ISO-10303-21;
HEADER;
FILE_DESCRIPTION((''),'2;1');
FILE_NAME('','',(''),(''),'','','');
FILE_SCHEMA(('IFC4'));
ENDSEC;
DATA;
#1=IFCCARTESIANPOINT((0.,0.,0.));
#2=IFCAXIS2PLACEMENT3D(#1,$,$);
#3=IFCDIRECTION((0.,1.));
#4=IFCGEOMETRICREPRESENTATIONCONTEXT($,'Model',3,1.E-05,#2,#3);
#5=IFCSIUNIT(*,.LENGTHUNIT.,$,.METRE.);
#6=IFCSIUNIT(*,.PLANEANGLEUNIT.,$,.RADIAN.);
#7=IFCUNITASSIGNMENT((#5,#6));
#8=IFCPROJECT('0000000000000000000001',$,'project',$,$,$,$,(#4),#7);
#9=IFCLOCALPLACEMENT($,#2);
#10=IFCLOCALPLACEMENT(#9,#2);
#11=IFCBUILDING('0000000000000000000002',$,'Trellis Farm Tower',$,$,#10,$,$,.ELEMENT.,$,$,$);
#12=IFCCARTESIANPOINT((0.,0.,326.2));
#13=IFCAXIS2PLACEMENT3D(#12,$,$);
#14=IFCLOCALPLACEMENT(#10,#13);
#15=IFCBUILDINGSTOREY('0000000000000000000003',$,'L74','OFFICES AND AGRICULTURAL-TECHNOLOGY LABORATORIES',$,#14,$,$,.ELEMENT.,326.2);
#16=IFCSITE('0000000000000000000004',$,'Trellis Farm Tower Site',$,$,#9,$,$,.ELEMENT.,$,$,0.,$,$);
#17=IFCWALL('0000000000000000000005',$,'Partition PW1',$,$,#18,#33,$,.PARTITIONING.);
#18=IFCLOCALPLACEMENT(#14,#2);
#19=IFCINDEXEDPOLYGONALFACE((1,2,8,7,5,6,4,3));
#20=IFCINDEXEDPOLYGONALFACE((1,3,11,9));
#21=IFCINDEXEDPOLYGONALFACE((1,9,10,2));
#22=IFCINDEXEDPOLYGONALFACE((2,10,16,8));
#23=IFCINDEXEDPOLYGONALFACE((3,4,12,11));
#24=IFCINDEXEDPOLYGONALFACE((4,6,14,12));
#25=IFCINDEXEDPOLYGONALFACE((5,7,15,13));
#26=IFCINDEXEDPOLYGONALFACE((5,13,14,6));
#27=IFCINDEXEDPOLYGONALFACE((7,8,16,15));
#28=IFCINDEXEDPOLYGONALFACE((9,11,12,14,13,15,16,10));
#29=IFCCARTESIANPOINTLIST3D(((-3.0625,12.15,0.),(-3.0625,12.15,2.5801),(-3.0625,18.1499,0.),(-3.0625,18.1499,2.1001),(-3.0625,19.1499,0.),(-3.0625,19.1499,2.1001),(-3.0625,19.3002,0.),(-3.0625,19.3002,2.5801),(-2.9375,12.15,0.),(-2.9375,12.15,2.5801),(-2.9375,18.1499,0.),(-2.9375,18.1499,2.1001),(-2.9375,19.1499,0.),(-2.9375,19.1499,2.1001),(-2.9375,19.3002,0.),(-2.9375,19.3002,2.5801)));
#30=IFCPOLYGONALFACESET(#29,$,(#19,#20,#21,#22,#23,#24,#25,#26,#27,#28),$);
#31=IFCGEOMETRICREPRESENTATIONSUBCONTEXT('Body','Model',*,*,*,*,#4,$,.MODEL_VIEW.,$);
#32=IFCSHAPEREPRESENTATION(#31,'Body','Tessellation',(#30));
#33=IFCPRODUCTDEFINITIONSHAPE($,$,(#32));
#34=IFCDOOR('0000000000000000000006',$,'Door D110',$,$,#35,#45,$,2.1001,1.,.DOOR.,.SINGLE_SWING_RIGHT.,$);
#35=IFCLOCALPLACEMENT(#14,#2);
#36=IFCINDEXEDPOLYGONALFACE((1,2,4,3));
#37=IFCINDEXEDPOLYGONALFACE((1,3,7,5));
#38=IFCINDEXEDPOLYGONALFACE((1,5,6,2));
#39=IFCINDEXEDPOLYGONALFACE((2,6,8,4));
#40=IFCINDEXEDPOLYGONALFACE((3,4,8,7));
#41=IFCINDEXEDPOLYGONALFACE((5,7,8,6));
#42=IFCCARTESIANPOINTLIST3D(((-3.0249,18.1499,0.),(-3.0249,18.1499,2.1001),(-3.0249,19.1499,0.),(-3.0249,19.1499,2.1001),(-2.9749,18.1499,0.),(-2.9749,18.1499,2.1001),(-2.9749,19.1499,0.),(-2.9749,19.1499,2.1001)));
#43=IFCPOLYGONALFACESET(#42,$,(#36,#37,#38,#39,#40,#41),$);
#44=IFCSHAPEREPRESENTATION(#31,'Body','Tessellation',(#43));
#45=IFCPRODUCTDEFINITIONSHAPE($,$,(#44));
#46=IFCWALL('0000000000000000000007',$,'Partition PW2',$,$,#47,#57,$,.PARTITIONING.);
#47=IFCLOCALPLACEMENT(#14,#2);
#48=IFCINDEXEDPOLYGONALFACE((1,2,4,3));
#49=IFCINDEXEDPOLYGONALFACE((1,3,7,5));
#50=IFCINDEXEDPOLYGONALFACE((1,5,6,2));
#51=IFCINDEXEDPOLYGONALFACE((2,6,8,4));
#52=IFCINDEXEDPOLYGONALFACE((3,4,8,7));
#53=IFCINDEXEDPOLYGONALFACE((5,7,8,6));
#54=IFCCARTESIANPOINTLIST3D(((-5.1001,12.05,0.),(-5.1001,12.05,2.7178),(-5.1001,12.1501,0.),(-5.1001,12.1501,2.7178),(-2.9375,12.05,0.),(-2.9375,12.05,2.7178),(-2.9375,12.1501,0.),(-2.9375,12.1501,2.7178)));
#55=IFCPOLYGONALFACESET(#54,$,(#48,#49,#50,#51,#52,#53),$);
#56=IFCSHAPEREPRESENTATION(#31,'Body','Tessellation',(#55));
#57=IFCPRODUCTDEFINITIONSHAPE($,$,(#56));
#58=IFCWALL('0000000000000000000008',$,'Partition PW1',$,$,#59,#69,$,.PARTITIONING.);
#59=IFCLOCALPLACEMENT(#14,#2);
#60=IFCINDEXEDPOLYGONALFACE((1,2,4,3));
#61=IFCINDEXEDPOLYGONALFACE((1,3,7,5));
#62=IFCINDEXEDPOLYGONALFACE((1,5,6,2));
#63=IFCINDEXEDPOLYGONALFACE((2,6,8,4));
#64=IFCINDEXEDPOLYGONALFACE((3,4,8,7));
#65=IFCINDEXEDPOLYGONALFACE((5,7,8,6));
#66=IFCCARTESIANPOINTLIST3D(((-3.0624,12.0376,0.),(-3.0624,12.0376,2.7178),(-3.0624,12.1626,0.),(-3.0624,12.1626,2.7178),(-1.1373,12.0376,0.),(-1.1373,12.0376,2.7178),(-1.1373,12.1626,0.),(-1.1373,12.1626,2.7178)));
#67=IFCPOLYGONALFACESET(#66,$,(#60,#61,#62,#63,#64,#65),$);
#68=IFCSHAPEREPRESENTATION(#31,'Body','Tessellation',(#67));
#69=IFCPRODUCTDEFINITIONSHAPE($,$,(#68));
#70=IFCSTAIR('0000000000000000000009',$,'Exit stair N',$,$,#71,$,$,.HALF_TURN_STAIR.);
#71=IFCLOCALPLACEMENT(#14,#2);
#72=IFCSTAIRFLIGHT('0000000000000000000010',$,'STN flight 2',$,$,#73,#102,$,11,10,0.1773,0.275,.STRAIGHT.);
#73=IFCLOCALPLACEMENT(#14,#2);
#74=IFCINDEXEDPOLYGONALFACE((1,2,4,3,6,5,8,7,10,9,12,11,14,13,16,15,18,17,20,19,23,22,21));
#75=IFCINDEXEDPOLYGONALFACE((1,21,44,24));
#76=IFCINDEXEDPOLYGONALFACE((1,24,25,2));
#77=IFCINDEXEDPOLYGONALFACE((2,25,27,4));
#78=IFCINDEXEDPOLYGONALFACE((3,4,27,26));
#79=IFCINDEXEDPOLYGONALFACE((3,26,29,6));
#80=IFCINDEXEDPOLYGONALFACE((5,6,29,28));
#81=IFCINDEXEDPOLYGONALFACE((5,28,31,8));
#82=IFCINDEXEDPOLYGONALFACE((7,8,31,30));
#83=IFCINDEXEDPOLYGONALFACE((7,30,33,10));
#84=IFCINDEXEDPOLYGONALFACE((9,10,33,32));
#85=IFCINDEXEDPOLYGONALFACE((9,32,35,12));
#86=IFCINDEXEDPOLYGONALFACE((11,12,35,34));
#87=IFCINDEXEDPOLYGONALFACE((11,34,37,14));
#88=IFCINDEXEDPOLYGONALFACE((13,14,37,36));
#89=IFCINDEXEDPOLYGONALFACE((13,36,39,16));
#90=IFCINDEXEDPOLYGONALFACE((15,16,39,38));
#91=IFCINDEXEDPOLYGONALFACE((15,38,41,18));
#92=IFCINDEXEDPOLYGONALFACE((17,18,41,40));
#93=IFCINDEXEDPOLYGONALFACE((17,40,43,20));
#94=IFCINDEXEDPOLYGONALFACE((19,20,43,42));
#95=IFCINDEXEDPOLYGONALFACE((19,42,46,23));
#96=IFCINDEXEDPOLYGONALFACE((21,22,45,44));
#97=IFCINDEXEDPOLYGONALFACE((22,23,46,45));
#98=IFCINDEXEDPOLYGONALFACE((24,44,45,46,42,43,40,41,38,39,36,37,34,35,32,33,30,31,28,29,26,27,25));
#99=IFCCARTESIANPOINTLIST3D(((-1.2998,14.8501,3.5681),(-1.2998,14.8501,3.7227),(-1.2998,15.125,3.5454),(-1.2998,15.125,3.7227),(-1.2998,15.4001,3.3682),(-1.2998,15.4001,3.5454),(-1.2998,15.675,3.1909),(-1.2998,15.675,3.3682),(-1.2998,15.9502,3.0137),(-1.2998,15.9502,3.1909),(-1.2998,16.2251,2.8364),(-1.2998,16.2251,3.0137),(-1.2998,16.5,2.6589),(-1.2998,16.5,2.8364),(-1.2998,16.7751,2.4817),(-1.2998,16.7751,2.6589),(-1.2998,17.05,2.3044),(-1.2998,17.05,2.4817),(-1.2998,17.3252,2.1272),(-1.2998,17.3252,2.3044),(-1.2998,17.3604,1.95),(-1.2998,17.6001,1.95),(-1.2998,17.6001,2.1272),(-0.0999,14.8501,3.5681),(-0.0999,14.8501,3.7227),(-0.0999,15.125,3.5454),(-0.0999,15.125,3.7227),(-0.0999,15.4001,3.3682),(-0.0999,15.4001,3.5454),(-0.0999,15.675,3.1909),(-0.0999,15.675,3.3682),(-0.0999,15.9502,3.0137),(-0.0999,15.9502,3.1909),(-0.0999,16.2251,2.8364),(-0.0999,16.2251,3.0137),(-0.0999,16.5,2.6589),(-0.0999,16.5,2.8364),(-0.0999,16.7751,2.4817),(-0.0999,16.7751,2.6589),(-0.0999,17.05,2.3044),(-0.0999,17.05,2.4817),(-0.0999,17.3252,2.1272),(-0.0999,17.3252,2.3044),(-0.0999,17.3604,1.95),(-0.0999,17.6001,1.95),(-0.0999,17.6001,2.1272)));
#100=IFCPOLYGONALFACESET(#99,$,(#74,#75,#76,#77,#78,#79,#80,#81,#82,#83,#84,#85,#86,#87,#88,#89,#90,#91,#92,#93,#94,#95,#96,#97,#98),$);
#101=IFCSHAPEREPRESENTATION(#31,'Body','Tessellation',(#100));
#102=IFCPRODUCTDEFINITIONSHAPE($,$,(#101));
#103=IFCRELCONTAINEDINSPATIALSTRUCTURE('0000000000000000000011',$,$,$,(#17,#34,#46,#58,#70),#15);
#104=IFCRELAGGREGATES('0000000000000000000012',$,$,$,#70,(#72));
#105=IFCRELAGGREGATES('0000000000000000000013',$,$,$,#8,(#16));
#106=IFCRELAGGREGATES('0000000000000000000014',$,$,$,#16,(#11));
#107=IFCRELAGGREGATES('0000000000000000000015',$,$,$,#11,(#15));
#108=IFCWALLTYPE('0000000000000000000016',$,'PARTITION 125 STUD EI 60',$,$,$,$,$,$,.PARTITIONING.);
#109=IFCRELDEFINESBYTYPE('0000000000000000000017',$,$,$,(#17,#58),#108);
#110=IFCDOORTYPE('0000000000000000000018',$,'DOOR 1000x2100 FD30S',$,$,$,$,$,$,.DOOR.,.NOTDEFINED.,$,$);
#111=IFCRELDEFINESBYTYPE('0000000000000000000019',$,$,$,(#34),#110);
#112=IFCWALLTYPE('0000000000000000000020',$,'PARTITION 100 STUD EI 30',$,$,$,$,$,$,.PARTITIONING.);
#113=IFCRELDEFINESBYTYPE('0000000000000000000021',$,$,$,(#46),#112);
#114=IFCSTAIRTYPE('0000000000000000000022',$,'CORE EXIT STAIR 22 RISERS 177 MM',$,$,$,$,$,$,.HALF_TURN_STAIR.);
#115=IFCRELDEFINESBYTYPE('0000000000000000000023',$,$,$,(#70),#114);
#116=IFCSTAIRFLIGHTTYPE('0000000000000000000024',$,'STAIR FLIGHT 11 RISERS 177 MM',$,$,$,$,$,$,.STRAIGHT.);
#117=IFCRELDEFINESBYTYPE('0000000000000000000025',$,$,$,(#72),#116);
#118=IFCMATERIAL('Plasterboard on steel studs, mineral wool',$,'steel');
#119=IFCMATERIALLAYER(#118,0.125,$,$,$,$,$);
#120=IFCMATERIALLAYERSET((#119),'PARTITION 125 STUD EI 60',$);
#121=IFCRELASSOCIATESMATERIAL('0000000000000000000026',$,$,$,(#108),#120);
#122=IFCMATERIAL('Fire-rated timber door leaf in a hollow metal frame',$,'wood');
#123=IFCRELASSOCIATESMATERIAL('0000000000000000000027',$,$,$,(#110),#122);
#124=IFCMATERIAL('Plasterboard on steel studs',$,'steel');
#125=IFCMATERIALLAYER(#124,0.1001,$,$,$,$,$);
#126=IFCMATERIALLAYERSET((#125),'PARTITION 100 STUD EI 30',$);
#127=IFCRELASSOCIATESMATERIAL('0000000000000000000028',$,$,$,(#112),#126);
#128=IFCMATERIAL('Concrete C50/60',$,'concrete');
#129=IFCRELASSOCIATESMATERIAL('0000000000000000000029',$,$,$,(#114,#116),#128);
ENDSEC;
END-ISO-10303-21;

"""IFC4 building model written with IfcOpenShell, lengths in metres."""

from ifc_helpers import new_model, si_unit, direction, frame, frame_2d, origin, place, context, subcontext, project, spatial, polyline, rectangle, outline, extrude, source, transform, mapped, material, layer, layer_set, type_object, element, fill, aggregate, save


model = new_model("IFC4")

# Units and contexts
model_context = context("Model", 3, precision=1e-05, world=origin(), true_north=direction((0.0, 1.0)))
body_context = subcontext(model_context, "Body", "Model", "MODEL_VIEW")
ifc_project = project(units=[si_unit("LENGTHUNIT", "METRE"), si_unit("PLANEANGLEUNIT", "RADIAN")], contexts=[model_context])

# Site, building, storey
site_placement = place(None, origin())
site = spatial("IfcSite", under=ifc_project, at=site_placement, Name="Trellis Farm Tower Site", CompositionType="ELEMENT", RefElevation=0.0)
building_placement = place(site_placement, origin())
building = spatial("IfcBuilding", under=site, at=building_placement, Name="Trellis Farm Tower", CompositionType="ELEMENT")
storey_placement = place(building_placement, frame((0.0, 0.0, 326.2)))
storey = spatial("IfcBuildingStorey", under=building, at=storey_placement, Name="L74", Description="OFFICES AND AGRICULTURAL-TECHNOLOGY LABORATORIES", CompositionType="ELEMENT", Elevation=326.2)

# Shared definitions
placement_1 = place(storey_placement, origin())

# Shared definitions
ifc_material_1 = material(Name="Plasterboard on steel studs, mineral wool", Category="steel")
ifc_layer_1 = layer(ifc_material_1, 0.125)
ifc_layer_set_1 = layer_set([ifc_layer_1], Name="PARTITION 125 STUD EI 60")
wall_type_1 = type_object("IfcWallType", Name="PARTITION 125 STUD EI 60", PredefinedType="PARTITIONING", material=ifc_layer_set_1)

# Shared definitions
ifc_material_2 = material(Name="Fire-rated timber door leaf in a hollow metal frame", Category="wood")

# Shared definitions
ifc_material_3 = material(Name="Concrete C50/60", Category="concrete")

# Wall, opening, door
shared_shape_1 = source(origin(), body_context, "Body", "SweptSolid", [
    extrude(rectangle(XDim=7.1501, YDim=0.125, at=frame_2d((3.5752, 0.0))), origin(), (0.0, 0.0, 1.0), 2.5801),
])
wall_1_placement = place(storey_placement, frame((-3.0, 12.1499, 0.0), z_axis=(0.0, 0.0, 1.0), x_axis=(0.0, 1.0, 0.0)))
wall_1 = element("IfcWall", 1, at=wall_1_placement, inside=storey, type_object=wall_type_1, Name="Partition PW1", PredefinedType="PARTITIONING", context=body_context, shape_type="MappedRepresentation", body=[
    mapped(shared_shape_1, transform((0.0, 0.0, 0.0))),
])
shared_shape_2 = source(origin(), body_context, "Body", "SweptSolid", [
    extrude(rectangle(XDim=1.0, YDim=2.1001, at=frame_2d((0.5, 1.05))), frame((0.0, 0.0725, 0.0), z_axis=(0.0, -1.0, 0.0), x_axis=(1.0, 0.0, 0.0)), (0.0, 0.0, 1.0), 0.145),
])
opening_1_placement = place(wall_1_placement, frame((6.0, 0.0, 0.0)))
opening_1 = element("IfcOpeningElement", 2, at=opening_1_placement, cuts=wall_1, PredefinedType="OPENING", context=body_context, shape_type="MappedRepresentation", body=[
    mapped(shared_shape_2, transform((0.0, 0.0, 0.0))),
])
door_type_1 = type_object("IfcDoorType", Name="DOOR 1000x2100 FD30S", OperationType="NOTDEFINED", PredefinedType="DOOR", material=ifc_material_2)
shared_shape_3 = source(origin(), body_context, "Body", "SweptSolid", [
    extrude(rectangle(XDim=1.0, YDim=2.1001, at=frame_2d((0.5, 1.05))), frame((0.0, 0.0249, 0.0), z_axis=(0.0, -1.0, 0.0), x_axis=(1.0, 0.0, 0.0)), (0.0, 0.0, 1.0), 0.05),
])
door_1_placement = place(opening_1_placement, origin())
door_1 = element("IfcDoor", 3, at=door_1_placement, inside=storey, type_object=door_type_1, Name="Door D110", OperationType="SINGLE_SWING_RIGHT", OverallHeight=2.1001, OverallWidth=1.0, PredefinedType="DOOR", context=body_context, shape_type="MappedRepresentation", body=[
    mapped(shared_shape_3, transform((0.0, 0.0, 0.0))),
])
fill(opening_1, door_1)

# Walls
ifc_material_4 = material(Name="Plasterboard on steel studs", Category="steel")
ifc_layer_2 = layer(ifc_material_4, 0.1001)
ifc_layer_set_2 = layer_set([ifc_layer_2], Name="PARTITION 100 STUD EI 30")
wall_type_2 = type_object("IfcWallType", Name="PARTITION 100 STUD EI 30", PredefinedType="PARTITIONING", material=ifc_layer_set_2)
shared_shape_4 = source(origin(), body_context, "Body", "SweptSolid", [
    extrude(rectangle(XDim=2.1626, YDim=0.1001, at=frame_2d((1.0813, 0.0))), origin(), (0.0, 0.0, 1.0), 2.7178),
])
wall_2_placement = place(storey_placement, frame((-5.1001, 12.1001, 0.0), z_axis=(0.0, 0.0, 1.0), x_axis=(1.0, 0.0, 0.0)))
element("IfcWall", 4, at=wall_2_placement, inside=storey, type_object=wall_type_2, Name="Partition PW2", PredefinedType="PARTITIONING", context=body_context, shape_type="MappedRepresentation", body=[
    mapped(shared_shape_4, transform((0.0, 0.0, 0.0))),
])
shared_shape_5 = source(origin(), body_context, "Body", "SweptSolid", [
    extrude(rectangle(XDim=1.925, YDim=0.125, at=frame_2d((0.9624, 0.0))), origin(), (0.0, 0.0, 1.0), 2.7178),
])
wall_3_placement = place(storey_placement, frame((-1.1375, 12.1001, 0.0), z_axis=(0.0, 0.0, 1.0), x_axis=(-1.0, 0.0, 0.0)))
element("IfcWall", 5, at=wall_3_placement, inside=storey, type_object=wall_type_1, Name="Partition PW1", PredefinedType="PARTITIONING", context=body_context, shape_type="MappedRepresentation", body=[
    mapped(shared_shape_5, transform((0.0, 0.0, 0.0))),
])

# Stair, stair flight
stair_type = type_object("IfcStairType", Name="CORE EXIT STAIR 22 RISERS 177 MM", PredefinedType="HALF_TURN_STAIR", material=ifc_material_3)
stair = element("IfcStair", 6, at=placement_1, inside=storey, type_object=stair_type, Name="Exit stair N", PredefinedType="HALF_TURN_STAIR")
stair_flight_type = type_object("IfcStairFlightType", Name="STAIR FLIGHT 11 RISERS 177 MM", PredefinedType="STRAIGHT", material=ifc_material_3)
shared_shape_6 = source(origin(), body_context, "Body", "SweptSolid", [
    extrude(outline(polyline([(0.0, 0.0), (0.0, 0.1772), (0.2749, 0.1772), (0.2749, 0.3545), (0.55, 0.3545), (0.55, 0.5317), (0.825, 0.5317), (0.825, 0.709), (1.1001, 0.709), (1.1001, 0.8865), (1.375, 0.8865), (1.375, 1.0637), (1.6499, 1.0637), (1.6499, 1.241), (1.925, 1.241), (1.925, 1.4182), (2.2, 1.4182), (2.2, 1.5955), (2.4751, 1.5955), (2.4751, 1.7727), (2.75, 1.7727), (2.75, 1.95), (2.75, 1.6182), (0.2397, 0.0), (0.0, 0.0)])), frame((0.0, 0.6001, 0.0), z_axis=(0.0, -1.0, 0.0), x_axis=(1.0, 0.0, 0.0)), (0.0, 0.0, 1.0), 1.2),
])
stair_flight_placement = place(storey_placement, frame((-0.7, 17.6001, 1.95), z_axis=(0.0, 0.0, 1.0), x_axis=(0.0, -1.0, 0.0)))
stair_flight = element("IfcStairFlight", 7, at=stair_flight_placement, type_object=stair_flight_type, Name="STN flight 2", NumberOfRisers=11, NumberOfTreads=10, PredefinedType="STRAIGHT", RiserHeight=0.1773, TreadLength=0.275, context=body_context, shape_type="MappedRepresentation", body=[
    mapped(shared_shape_6, transform((0.0, 0.0, 0.0))),
])
aggregate(stair, [stair_flight])

save(model, "model.ifc")
